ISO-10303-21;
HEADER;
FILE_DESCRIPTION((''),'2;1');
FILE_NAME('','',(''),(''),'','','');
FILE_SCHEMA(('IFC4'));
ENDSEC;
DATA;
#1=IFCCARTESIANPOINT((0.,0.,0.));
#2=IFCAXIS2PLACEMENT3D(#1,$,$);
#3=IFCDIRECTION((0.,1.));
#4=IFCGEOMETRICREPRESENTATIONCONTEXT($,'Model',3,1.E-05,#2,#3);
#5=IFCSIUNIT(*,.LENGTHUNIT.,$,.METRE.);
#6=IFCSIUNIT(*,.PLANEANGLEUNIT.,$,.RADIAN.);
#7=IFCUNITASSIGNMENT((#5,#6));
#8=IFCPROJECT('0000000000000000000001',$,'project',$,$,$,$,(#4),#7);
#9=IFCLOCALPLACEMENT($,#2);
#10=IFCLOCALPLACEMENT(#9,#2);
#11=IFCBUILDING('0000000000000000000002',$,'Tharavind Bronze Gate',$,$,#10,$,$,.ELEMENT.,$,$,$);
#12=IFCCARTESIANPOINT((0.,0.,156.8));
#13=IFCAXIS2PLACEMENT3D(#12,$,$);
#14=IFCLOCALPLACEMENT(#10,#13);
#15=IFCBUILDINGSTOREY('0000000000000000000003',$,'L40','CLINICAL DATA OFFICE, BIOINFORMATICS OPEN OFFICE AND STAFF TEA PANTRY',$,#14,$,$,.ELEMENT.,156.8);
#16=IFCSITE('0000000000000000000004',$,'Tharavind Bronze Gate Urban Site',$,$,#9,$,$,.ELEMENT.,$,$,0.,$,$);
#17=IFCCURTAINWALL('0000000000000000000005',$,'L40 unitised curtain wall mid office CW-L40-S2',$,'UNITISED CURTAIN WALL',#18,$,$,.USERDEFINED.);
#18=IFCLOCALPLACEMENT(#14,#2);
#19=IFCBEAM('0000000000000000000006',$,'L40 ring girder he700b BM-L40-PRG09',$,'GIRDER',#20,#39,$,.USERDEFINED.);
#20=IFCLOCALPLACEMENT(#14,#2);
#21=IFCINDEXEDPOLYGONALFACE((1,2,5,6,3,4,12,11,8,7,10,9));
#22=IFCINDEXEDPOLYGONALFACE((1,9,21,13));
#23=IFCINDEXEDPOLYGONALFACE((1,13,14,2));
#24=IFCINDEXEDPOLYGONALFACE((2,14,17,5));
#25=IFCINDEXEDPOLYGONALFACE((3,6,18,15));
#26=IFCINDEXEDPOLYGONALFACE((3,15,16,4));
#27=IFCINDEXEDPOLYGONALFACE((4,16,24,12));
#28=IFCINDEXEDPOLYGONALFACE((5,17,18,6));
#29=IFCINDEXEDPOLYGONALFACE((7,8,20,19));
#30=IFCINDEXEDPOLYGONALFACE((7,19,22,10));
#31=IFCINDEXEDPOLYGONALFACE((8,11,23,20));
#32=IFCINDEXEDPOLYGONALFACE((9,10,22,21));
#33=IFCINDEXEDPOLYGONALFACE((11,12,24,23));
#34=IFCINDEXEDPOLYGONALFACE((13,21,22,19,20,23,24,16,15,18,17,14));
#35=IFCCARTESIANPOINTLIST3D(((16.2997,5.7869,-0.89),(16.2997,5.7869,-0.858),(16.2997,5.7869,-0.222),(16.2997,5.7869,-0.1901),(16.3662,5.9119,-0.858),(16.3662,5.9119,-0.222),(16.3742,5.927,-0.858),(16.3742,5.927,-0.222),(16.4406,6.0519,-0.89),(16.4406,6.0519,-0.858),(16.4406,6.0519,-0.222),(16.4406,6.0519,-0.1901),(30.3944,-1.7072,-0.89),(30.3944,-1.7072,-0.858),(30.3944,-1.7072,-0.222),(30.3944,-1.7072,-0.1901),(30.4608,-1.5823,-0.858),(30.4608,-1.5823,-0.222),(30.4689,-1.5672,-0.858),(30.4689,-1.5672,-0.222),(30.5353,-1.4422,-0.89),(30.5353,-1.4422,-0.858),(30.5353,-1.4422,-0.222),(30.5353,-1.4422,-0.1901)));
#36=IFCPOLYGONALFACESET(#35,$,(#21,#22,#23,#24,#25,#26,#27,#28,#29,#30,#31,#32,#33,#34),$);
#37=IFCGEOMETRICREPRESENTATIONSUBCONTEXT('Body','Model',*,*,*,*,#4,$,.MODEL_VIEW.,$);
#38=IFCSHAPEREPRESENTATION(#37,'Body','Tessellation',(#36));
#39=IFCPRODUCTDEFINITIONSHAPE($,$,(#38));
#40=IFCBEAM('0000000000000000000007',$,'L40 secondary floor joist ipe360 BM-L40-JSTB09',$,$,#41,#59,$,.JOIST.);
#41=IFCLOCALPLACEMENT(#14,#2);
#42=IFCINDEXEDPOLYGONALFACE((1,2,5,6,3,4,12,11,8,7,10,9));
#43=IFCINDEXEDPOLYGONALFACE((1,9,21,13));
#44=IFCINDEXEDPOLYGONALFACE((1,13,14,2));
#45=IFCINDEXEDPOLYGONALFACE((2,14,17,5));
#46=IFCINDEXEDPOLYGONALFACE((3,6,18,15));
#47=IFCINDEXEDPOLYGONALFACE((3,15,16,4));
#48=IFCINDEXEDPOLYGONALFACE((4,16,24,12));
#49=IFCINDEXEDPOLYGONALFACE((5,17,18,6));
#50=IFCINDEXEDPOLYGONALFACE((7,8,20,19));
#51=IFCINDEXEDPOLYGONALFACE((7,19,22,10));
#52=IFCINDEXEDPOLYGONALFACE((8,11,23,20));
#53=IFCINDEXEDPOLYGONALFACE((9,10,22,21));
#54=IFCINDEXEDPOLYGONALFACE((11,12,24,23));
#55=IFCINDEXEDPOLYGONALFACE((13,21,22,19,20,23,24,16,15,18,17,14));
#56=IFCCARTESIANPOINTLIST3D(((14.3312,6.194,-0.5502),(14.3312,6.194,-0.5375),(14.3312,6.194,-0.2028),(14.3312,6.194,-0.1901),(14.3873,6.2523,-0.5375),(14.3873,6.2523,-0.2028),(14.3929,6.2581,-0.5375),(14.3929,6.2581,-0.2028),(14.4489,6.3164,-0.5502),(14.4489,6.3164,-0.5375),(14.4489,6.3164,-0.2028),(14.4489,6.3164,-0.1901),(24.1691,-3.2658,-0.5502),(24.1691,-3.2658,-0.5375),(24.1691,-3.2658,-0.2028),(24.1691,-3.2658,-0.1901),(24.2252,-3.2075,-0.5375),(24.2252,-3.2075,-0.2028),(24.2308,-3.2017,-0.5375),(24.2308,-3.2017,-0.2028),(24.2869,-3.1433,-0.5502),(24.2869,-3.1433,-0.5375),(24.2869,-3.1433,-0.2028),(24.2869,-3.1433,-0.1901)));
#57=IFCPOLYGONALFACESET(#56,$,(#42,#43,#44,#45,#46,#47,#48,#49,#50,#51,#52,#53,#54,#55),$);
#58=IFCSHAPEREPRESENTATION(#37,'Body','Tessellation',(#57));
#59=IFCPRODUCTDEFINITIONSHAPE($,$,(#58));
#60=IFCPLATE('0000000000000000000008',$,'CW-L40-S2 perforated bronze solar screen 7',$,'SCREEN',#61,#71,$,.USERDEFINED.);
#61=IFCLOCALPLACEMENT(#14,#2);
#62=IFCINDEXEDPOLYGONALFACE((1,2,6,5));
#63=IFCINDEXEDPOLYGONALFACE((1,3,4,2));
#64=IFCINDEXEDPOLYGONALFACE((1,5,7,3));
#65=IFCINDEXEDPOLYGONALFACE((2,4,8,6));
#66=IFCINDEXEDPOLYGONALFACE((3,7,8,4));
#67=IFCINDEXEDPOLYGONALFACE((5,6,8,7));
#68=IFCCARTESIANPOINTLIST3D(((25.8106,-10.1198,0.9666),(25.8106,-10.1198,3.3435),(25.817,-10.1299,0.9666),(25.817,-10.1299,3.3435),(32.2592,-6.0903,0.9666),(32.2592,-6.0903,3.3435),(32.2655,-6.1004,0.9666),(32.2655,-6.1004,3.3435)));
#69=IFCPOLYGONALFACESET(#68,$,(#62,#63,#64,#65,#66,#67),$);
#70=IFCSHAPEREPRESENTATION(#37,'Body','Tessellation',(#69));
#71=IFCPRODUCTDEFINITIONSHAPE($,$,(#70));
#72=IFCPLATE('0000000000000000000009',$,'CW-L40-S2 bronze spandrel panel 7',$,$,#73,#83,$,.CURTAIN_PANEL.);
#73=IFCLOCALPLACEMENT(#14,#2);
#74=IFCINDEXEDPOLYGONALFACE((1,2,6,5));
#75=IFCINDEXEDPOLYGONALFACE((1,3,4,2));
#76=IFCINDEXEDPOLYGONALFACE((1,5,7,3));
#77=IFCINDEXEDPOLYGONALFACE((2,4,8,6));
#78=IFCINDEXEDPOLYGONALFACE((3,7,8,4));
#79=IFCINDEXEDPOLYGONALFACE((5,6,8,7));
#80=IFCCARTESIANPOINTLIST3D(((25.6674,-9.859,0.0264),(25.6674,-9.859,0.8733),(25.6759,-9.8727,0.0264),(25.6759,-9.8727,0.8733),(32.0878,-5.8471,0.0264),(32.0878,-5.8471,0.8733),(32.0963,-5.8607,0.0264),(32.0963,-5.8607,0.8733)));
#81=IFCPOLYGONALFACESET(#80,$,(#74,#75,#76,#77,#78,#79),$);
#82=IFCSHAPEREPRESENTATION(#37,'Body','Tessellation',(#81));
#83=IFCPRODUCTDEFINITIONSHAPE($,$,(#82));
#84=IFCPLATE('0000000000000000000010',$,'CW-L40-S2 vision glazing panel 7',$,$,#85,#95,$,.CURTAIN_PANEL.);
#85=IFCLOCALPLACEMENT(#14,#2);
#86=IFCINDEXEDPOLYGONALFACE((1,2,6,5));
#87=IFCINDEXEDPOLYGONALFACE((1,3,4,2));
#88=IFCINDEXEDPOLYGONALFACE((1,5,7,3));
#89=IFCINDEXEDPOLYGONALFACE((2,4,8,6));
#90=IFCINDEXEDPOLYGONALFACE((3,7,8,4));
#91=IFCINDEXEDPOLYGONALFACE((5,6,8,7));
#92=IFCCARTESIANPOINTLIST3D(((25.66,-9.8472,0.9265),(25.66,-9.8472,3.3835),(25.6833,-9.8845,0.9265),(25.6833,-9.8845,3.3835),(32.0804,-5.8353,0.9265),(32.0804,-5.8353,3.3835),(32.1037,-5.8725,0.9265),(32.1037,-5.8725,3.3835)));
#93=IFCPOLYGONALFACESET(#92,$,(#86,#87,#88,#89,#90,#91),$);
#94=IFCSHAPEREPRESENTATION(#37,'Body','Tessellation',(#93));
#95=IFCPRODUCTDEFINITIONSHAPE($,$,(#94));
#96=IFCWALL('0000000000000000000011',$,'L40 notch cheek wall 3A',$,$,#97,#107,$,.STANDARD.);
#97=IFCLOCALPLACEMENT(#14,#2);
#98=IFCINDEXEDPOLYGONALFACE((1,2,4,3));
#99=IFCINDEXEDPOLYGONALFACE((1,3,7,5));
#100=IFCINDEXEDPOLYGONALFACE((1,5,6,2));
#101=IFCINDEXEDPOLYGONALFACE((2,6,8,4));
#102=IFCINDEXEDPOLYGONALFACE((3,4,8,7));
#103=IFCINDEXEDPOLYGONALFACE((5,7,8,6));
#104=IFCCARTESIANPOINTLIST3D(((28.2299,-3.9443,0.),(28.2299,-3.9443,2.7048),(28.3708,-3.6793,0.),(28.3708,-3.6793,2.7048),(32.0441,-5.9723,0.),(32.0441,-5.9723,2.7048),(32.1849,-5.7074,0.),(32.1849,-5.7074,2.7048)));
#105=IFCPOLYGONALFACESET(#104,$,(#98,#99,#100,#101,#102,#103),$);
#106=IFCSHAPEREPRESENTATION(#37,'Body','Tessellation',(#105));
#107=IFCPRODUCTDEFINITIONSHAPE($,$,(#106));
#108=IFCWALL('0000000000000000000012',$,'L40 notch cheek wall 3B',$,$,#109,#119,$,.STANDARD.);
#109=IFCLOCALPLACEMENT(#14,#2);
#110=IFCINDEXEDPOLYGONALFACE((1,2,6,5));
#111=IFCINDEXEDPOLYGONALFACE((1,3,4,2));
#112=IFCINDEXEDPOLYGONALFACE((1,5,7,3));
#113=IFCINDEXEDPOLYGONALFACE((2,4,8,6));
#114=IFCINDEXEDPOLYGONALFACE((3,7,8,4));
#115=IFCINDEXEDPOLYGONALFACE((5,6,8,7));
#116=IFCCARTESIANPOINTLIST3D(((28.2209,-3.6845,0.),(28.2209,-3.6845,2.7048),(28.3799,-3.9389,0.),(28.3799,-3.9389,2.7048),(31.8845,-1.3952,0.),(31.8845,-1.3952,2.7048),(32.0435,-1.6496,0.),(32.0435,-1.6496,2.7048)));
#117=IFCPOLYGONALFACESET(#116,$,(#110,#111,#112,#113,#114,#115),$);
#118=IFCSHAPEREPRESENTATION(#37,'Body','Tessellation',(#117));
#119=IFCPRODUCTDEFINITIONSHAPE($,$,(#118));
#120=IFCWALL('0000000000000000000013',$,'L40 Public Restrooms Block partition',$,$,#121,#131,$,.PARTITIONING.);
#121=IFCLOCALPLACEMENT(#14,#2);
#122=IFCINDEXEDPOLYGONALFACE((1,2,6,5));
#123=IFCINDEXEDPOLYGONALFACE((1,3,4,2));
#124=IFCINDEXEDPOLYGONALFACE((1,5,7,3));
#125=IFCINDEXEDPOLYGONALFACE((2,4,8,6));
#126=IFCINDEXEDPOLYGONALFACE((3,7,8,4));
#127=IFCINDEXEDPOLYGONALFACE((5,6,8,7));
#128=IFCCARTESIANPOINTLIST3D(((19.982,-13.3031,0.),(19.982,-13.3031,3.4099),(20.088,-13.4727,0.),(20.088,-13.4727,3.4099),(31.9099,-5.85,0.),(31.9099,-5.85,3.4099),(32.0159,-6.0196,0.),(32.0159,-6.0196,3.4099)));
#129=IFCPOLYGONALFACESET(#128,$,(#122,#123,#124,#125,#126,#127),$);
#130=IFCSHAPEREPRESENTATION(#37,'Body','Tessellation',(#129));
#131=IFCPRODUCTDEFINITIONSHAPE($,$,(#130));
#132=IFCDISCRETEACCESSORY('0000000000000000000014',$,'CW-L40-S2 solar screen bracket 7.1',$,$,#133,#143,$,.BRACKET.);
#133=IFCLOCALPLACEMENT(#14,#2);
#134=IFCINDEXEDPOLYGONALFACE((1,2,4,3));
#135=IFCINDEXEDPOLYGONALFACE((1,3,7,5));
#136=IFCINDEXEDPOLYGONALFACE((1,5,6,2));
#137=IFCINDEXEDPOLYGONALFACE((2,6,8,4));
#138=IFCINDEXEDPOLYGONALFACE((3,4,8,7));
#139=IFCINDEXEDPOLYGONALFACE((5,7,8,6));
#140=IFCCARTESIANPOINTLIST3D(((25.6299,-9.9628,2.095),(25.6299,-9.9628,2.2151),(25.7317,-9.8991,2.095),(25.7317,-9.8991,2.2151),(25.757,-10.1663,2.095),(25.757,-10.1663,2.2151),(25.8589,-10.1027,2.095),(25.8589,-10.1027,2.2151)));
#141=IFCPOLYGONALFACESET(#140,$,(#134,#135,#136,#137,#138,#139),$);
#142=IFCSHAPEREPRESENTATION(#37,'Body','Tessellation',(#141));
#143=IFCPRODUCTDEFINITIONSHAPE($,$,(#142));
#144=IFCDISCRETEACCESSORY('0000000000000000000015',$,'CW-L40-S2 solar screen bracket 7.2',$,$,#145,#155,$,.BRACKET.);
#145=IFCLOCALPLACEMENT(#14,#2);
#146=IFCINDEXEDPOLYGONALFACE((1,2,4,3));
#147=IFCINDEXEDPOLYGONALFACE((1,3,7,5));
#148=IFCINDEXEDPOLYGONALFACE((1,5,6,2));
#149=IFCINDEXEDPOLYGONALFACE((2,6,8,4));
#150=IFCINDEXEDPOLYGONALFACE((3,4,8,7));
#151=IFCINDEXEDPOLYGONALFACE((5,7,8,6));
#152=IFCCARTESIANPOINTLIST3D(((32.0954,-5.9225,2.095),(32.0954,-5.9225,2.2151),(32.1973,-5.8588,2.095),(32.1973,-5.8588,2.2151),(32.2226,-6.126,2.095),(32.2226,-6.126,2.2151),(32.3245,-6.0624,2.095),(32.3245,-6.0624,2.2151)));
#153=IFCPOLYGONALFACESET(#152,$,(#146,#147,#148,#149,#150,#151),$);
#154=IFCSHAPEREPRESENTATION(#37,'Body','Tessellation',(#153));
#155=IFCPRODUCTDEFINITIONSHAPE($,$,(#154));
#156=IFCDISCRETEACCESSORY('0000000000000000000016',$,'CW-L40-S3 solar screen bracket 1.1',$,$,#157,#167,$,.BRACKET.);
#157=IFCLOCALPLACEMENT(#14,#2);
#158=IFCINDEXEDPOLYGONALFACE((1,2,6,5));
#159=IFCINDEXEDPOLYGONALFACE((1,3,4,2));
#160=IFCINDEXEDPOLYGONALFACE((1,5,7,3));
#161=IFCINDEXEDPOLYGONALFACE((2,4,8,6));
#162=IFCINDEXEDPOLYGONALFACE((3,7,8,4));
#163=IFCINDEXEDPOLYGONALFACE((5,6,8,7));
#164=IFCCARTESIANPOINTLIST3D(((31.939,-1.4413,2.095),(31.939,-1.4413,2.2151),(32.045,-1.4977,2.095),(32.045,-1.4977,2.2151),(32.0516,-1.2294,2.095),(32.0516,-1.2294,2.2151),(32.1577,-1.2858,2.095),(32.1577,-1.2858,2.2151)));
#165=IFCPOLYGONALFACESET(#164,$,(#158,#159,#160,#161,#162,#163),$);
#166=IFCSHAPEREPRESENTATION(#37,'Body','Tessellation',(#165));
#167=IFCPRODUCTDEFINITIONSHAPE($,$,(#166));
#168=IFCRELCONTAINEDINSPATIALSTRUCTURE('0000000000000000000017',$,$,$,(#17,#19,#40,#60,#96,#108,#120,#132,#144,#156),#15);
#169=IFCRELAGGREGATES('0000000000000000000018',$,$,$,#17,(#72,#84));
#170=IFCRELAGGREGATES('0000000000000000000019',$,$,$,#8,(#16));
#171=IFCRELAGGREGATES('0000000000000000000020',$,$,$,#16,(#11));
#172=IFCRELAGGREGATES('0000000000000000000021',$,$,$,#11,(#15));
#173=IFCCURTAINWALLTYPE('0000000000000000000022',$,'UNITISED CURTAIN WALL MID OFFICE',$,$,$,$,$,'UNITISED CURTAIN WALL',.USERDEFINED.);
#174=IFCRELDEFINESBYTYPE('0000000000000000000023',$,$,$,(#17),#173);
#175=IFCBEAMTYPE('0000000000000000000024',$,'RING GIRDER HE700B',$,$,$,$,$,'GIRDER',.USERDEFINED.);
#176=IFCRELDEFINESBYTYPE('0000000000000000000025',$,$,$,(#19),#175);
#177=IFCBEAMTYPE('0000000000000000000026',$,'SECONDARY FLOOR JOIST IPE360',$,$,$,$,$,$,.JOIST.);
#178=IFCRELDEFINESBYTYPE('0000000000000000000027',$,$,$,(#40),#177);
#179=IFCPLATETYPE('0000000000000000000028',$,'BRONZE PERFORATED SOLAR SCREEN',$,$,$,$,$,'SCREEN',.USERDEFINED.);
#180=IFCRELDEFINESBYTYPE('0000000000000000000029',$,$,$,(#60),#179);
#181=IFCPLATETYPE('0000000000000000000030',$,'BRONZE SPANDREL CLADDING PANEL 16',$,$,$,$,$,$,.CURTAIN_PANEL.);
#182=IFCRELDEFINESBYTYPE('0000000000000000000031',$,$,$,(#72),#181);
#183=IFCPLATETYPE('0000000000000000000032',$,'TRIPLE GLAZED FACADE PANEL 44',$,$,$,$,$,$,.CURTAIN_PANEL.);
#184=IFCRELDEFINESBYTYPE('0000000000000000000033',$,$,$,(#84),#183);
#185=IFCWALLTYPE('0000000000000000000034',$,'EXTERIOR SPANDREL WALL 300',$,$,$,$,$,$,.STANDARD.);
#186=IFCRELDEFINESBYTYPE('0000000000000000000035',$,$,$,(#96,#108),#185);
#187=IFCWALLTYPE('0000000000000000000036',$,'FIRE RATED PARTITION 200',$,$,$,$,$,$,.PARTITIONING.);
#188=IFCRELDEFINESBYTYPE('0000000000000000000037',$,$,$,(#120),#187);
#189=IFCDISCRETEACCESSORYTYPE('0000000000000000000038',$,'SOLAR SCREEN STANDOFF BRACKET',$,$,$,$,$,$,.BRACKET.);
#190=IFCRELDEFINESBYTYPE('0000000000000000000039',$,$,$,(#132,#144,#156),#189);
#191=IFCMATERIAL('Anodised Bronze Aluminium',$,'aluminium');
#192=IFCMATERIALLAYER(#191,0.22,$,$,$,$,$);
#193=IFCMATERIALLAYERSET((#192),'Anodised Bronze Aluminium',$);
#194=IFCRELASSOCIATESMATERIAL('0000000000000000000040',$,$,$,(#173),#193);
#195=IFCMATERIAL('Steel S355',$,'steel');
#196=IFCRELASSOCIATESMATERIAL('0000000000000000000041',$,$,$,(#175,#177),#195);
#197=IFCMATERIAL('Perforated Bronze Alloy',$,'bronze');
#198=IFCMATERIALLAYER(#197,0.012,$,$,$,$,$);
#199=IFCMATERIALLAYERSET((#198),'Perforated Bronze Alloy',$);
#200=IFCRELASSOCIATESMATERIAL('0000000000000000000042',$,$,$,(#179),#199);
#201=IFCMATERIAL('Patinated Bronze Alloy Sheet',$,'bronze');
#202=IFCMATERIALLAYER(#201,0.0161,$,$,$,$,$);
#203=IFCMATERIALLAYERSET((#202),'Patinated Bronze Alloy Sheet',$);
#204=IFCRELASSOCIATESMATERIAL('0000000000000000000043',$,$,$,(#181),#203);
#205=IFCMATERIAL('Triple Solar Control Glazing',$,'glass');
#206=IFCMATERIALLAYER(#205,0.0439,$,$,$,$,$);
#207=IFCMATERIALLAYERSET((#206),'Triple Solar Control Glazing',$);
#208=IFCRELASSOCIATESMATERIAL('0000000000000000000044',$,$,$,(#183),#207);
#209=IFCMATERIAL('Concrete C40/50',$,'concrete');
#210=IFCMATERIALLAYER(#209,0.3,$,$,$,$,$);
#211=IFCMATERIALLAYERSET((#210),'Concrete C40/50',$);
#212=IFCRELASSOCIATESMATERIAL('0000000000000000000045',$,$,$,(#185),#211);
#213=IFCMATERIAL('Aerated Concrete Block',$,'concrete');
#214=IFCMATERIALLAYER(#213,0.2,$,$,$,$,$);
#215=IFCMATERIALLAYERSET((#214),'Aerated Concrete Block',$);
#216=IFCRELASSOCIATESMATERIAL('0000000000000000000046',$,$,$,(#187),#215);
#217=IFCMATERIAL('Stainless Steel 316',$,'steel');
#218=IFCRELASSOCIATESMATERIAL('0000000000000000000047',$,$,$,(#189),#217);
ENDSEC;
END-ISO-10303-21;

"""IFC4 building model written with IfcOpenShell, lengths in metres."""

from ifc_helpers import new_model, si_unit, direction, frame, frame_2d, origin, origin_2d, place, context, subcontext, project, spatial, rectangle, i_section, extrude, material, layer, layer_set, material_profile, profile_set, type_object, element, aggregate, save


model = new_model("IFC4")

# Units and contexts
model_context = context("Model", 3, precision=1e-05, world=origin(), true_north=direction((0.0, 1.0)))
body_context = subcontext(model_context, "Body", "Model", "MODEL_VIEW")
ifc_project = project(units=[si_unit("LENGTHUNIT", "METRE"), si_unit("PLANEANGLEUNIT", "RADIAN")], contexts=[model_context])

# Site, building, storey
site_placement = place(None, origin())
site = spatial("IfcSite", under=ifc_project, at=site_placement, Name="Tharavind Bronze Gate Urban Site", CompositionType="ELEMENT", RefElevation=0.0)
building_placement = place(site_placement, origin())
building = spatial("IfcBuilding", under=site, at=building_placement, Name="Tharavind Bronze Gate", CompositionType="ELEMENT")
storey_placement = place(building_placement, frame((0.0, 0.0, 156.8)))
storey = spatial("IfcBuildingStorey", under=building, at=storey_placement, Name="L40", Description="CLINICAL DATA OFFICE, BIOINFORMATICS OPEN OFFICE AND STAFF TEA PANTRY", CompositionType="ELEMENT", Elevation=156.8)

# Curtain wall
ifc_material_1 = material(Name="Anodised Bronze Aluminium", Category="aluminium")
ifc_layer_1 = layer(ifc_material_1, 0.22)
ifc_layer_set_1 = layer_set([ifc_layer_1], Name="Anodised Bronze Aluminium")
curtain_wall_type = type_object("IfcCurtainWallType", Name="UNITISED CURTAIN WALL MID OFFICE", ElementType="UNITISED CURTAIN WALL", PredefinedType="USERDEFINED", material=ifc_layer_set_1)
curtain_wall_1_placement = place(storey_placement, origin())
curtain_wall_1 = element("IfcCurtainWall", 1, at=curtain_wall_1_placement, inside=storey, type_object=curtain_wall_type, Name="L40 unitised curtain wall mid office CW-L40-S2", ObjectType="UNITISED CURTAIN WALL", PredefinedType="USERDEFINED")

# Beams
ifc_material_2 = material(Name="Steel S355", Category="steel")
ifc_material_profile_1 = material_profile(ifc_material_2, i_section(OverallWidth=0.3, OverallDepth=0.7, WebThickness=0.0171, FlangeThickness=0.032, at=origin_2d()), Name="HE700B")
ifc_profile_set_1 = profile_set([ifc_material_profile_1], Name="Steel S355")
beam_type_1 = type_object("IfcBeamType", Name="RING GIRDER HE700B", ElementType="GIRDER", PredefinedType="USERDEFINED", material=ifc_profile_set_1)
beam_1_placement = place(storey_placement, frame((30.4648, -1.5747, -0.54), z_axis=(-0.882952, 0.469464, 0.0), x_axis=(-0.469464, -0.882952, 0.0)))
element("IfcBeam", 2, at=beam_1_placement, inside=storey, type_object=beam_type_1, Name="L40 ring girder he700b BM-L40-PRG09", ObjectType="GIRDER", PredefinedType="USERDEFINED", context=body_context, shape_type="SweptSolid", body=[
    extrude(i_section(OverallWidth=0.3, OverallDepth=0.7, WebThickness=0.0171, FlangeThickness=0.032, at=origin_2d()), origin(), (0.0, 0.0, 1.0), 15.9631),
])
ifc_material_profile_2 = material_profile(ifc_material_2, i_section(OverallWidth=0.1699, OverallDepth=0.3601, WebThickness=0.0081, FlangeThickness=0.0127, at=origin_2d()), Name="IPE360")
ifc_profile_set_2 = profile_set([ifc_material_profile_2], Name="Steel S355")
beam_type_2 = type_object("IfcBeamType", Name="SECONDARY FLOOR JOIST IPE360", PredefinedType="JOIST", material=ifc_profile_set_2)
beam_2_placement = place(storey_placement, frame((24.228, -3.2046, -0.3701), z_axis=(-0.720826, 0.693117, 0.0), x_axis=(-0.693117, -0.720826, 0.0)))
element("IfcBeam", 3, at=beam_2_placement, inside=storey, type_object=beam_type_2, Name="L40 secondary floor joist ipe360 BM-L40-JSTB09", PredefinedType="JOIST", context=body_context, shape_type="SweptSolid", body=[
    extrude(i_section(OverallWidth=0.1699, OverallDepth=0.3601, WebThickness=0.0081, FlangeThickness=0.0127, at=origin_2d()), origin(), (0.0, 0.0, 1.0), 13.6482),
])

# Plates
ifc_material_3 = material(Name="Perforated Bronze Alloy", Category="bronze")
ifc_layer_2 = layer(ifc_material_3, 0.012)
ifc_layer_set_2 = layer_set([ifc_layer_2], Name="Perforated Bronze Alloy")
plate_type_1 = type_object("IfcPlateType", Name="BRONZE PERFORATED SOLAR SCREEN", ElementType="SCREEN", PredefinedType="USERDEFINED", material=ifc_layer_set_2)
plate_1_placement = place(storey_placement, frame((29.0381, -8.1101, 0.9666), z_axis=(0.0, 0.0, 1.0), x_axis=(0.848048, 0.529919, 0.0)))
element("IfcPlate", 4, at=plate_1_placement, inside=storey, type_object=plate_type_1, Name="CW-L40-S2 perforated bronze solar screen 7", ObjectType="SCREEN", PredefinedType="USERDEFINED", context=body_context, shape_type="SweptSolid", body=[
    extrude(rectangle(XDim=7.604, YDim=0.012, at=origin_2d()), origin(), (0.0, 0.0, 1.0), 2.377),
])
ifc_material_4 = material(Name="Patinated Bronze Alloy Sheet", Category="bronze")
ifc_layer_3 = layer(ifc_material_4, 0.0161)
ifc_layer_set_3 = layer_set([ifc_layer_3], Name="Patinated Bronze Alloy Sheet")
plate_type_2 = type_object("IfcPlateType", Name="BRONZE SPANDREL CLADDING PANEL 16", PredefinedType="CURTAIN_PANEL", material=ifc_layer_set_3)
plate_2_placement = place(storey_placement, frame((28.8818, -7.8599, 0.0264), z_axis=(0.0, 0.0, 1.0), x_axis=(0.848048, 0.529919, 0.0)))
plate_2 = element("IfcPlate", 5, at=plate_2_placement, type_object=plate_type_2, Name="CW-L40-S2 bronze spandrel panel 7", PredefinedType="CURTAIN_PANEL", context=body_context, shape_type="SweptSolid", body=[
    extrude(rectangle(XDim=7.5708, YDim=0.0161, at=origin_2d()), origin(), (0.0, 0.0, 1.0), 0.8469),
])
ifc_material_5 = material(Name="Triple Solar Control Glazing", Category="glass")
ifc_layer_4 = layer(ifc_material_5, 0.0439)
ifc_layer_set_4 = layer_set([ifc_layer_4], Name="Triple Solar Control Glazing")
plate_type_3 = type_object("IfcPlateType", Name="TRIPLE GLAZED FACADE PANEL 44", PredefinedType="CURTAIN_PANEL", material=ifc_layer_set_4)
plate_3_placement = place(storey_placement, frame((28.8818, -7.8599, 0.9265), z_axis=(0.0, 0.0, 1.0), x_axis=(0.848048, 0.529919, 0.0)))
plate_3 = element("IfcPlate", 6, at=plate_3_placement, type_object=plate_type_3, Name="CW-L40-S2 vision glazing panel 7", PredefinedType="CURTAIN_PANEL", context=body_context, shape_type="SweptSolid", body=[
    extrude(rectangle(XDim=7.5708, YDim=0.0439, at=origin_2d()), origin(), (0.0, 0.0, 1.0), 2.457),
])
aggregate(curtain_wall_1, [plate_2, plate_3])

# Walls
ifc_material_6 = material(Name="Concrete C40/50", Category="concrete")
ifc_layer_5 = layer(ifc_material_6, 0.3)
ifc_layer_set_5 = layer_set([ifc_layer_5], Name="Concrete C40/50")
wall_type_1 = type_object("IfcWallType", Name="EXTERIOR SPANDREL WALL 300", PredefinedType="STANDARD", material=ifc_layer_set_5)
wall_1_placement = place(storey_placement, frame((32.1145, -5.8398, 0.0), z_axis=(0.0, 0.0, 1.0), x_axis=(-0.882945, 0.469476, 0.0)))
element("IfcWall", 7, at=wall_1_placement, inside=storey, type_object=wall_type_1, Name="L40 notch cheek wall 3A", PredefinedType="STANDARD", context=body_context, shape_type="SweptSolid", body=[
    extrude(rectangle(XDim=4.3198, YDim=0.3, at=frame_2d((2.1599, 0.0))), origin(), (0.0, 0.0, 1.0), 2.7048),
])
wall_2_placement = place(storey_placement, frame((28.3003, -3.8118, 0.0), z_axis=(0.0, 0.0, 1.0), x_axis=(0.848043, 0.529928, 0.0)))
element("IfcWall", 8, at=wall_2_placement, inside=storey, type_object=wall_type_1, Name="L40 notch cheek wall 3B", PredefinedType="STANDARD", context=body_context, shape_type="SweptSolid", body=[
    extrude(rectangle(XDim=4.3201, YDim=0.3, at=frame_2d((2.1602, 0.0))), origin(), (0.0, 0.0, 1.0), 2.7048),
])
ifc_material_7 = material(Name="Aerated Concrete Block", Category="concrete")
ifc_layer_6 = layer(ifc_material_7, 0.2)
ifc_layer_set_6 = layer_set([ifc_layer_6], Name="Aerated Concrete Block")
wall_type_2 = type_object("IfcWallType", Name="FIRE RATED PARTITION 200", PredefinedType="PARTITIONING", material=ifc_layer_set_6)
wall_3_placement = place(storey_placement, frame((31.9629, -5.9348, 0.0), z_axis=(0.0, 0.0, 1.0), x_axis=(-0.848058, -0.529904, 0.0)))
element("IfcWall", 9, at=wall_3_placement, inside=storey, type_object=wall_type_2, Name="L40 Public Restrooms Block partition", PredefinedType="PARTITIONING", context=body_context, shape_type="SweptSolid", body=[
    extrude(rectangle(XDim=14.0649, YDim=0.2, at=frame_2d((7.0325, 0.0))), origin(), (0.0, 0.0, 1.0), 3.4099),
])

# Discrete accessories
ifc_material_8 = material(Name="Stainless Steel 316", Category="steel")
discrete_accessory_type = type_object("IfcDiscreteAccessoryType", Name="SOLAR SCREEN STANDOFF BRACKET", PredefinedType="BRACKET", material=ifc_material_8)
for number, where, z_axis, x_axis, name in (
    (10, (25.7444, -10.0327, 2.095), (0.0, 0.0, 1.0), (0.848048, 0.529919, 0.0), "CW-L40-S2 solar screen bracket 7.1"),
    (11, (32.21, -5.9924, 2.095), (0.0, 0.0, 1.0), (0.848048, 0.529919, 0.0), "CW-L40-S2 solar screen bracket 7.2"),
    (12, (32.0483, -1.3635, 2.095), (0.0, 0.0, 1.0), (-0.882948, 0.469472, 0.0), "CW-L40-S3 solar screen bracket 1.1"),
):
    element("IfcDiscreteAccessory", number, at=place(storey_placement, frame(where, z_axis=z_axis, x_axis=x_axis)), inside=storey, type_object=discrete_accessory_type, Name=name, PredefinedType="BRACKET", context=body_context, shape_type="SweptSolid", body=[
        extrude(rectangle(XDim=0.1201, YDim=0.24, at=origin_2d()), origin(), (0.0, 0.0, 1.0), 0.1201),
    ])

save(model, "model.ifc")
